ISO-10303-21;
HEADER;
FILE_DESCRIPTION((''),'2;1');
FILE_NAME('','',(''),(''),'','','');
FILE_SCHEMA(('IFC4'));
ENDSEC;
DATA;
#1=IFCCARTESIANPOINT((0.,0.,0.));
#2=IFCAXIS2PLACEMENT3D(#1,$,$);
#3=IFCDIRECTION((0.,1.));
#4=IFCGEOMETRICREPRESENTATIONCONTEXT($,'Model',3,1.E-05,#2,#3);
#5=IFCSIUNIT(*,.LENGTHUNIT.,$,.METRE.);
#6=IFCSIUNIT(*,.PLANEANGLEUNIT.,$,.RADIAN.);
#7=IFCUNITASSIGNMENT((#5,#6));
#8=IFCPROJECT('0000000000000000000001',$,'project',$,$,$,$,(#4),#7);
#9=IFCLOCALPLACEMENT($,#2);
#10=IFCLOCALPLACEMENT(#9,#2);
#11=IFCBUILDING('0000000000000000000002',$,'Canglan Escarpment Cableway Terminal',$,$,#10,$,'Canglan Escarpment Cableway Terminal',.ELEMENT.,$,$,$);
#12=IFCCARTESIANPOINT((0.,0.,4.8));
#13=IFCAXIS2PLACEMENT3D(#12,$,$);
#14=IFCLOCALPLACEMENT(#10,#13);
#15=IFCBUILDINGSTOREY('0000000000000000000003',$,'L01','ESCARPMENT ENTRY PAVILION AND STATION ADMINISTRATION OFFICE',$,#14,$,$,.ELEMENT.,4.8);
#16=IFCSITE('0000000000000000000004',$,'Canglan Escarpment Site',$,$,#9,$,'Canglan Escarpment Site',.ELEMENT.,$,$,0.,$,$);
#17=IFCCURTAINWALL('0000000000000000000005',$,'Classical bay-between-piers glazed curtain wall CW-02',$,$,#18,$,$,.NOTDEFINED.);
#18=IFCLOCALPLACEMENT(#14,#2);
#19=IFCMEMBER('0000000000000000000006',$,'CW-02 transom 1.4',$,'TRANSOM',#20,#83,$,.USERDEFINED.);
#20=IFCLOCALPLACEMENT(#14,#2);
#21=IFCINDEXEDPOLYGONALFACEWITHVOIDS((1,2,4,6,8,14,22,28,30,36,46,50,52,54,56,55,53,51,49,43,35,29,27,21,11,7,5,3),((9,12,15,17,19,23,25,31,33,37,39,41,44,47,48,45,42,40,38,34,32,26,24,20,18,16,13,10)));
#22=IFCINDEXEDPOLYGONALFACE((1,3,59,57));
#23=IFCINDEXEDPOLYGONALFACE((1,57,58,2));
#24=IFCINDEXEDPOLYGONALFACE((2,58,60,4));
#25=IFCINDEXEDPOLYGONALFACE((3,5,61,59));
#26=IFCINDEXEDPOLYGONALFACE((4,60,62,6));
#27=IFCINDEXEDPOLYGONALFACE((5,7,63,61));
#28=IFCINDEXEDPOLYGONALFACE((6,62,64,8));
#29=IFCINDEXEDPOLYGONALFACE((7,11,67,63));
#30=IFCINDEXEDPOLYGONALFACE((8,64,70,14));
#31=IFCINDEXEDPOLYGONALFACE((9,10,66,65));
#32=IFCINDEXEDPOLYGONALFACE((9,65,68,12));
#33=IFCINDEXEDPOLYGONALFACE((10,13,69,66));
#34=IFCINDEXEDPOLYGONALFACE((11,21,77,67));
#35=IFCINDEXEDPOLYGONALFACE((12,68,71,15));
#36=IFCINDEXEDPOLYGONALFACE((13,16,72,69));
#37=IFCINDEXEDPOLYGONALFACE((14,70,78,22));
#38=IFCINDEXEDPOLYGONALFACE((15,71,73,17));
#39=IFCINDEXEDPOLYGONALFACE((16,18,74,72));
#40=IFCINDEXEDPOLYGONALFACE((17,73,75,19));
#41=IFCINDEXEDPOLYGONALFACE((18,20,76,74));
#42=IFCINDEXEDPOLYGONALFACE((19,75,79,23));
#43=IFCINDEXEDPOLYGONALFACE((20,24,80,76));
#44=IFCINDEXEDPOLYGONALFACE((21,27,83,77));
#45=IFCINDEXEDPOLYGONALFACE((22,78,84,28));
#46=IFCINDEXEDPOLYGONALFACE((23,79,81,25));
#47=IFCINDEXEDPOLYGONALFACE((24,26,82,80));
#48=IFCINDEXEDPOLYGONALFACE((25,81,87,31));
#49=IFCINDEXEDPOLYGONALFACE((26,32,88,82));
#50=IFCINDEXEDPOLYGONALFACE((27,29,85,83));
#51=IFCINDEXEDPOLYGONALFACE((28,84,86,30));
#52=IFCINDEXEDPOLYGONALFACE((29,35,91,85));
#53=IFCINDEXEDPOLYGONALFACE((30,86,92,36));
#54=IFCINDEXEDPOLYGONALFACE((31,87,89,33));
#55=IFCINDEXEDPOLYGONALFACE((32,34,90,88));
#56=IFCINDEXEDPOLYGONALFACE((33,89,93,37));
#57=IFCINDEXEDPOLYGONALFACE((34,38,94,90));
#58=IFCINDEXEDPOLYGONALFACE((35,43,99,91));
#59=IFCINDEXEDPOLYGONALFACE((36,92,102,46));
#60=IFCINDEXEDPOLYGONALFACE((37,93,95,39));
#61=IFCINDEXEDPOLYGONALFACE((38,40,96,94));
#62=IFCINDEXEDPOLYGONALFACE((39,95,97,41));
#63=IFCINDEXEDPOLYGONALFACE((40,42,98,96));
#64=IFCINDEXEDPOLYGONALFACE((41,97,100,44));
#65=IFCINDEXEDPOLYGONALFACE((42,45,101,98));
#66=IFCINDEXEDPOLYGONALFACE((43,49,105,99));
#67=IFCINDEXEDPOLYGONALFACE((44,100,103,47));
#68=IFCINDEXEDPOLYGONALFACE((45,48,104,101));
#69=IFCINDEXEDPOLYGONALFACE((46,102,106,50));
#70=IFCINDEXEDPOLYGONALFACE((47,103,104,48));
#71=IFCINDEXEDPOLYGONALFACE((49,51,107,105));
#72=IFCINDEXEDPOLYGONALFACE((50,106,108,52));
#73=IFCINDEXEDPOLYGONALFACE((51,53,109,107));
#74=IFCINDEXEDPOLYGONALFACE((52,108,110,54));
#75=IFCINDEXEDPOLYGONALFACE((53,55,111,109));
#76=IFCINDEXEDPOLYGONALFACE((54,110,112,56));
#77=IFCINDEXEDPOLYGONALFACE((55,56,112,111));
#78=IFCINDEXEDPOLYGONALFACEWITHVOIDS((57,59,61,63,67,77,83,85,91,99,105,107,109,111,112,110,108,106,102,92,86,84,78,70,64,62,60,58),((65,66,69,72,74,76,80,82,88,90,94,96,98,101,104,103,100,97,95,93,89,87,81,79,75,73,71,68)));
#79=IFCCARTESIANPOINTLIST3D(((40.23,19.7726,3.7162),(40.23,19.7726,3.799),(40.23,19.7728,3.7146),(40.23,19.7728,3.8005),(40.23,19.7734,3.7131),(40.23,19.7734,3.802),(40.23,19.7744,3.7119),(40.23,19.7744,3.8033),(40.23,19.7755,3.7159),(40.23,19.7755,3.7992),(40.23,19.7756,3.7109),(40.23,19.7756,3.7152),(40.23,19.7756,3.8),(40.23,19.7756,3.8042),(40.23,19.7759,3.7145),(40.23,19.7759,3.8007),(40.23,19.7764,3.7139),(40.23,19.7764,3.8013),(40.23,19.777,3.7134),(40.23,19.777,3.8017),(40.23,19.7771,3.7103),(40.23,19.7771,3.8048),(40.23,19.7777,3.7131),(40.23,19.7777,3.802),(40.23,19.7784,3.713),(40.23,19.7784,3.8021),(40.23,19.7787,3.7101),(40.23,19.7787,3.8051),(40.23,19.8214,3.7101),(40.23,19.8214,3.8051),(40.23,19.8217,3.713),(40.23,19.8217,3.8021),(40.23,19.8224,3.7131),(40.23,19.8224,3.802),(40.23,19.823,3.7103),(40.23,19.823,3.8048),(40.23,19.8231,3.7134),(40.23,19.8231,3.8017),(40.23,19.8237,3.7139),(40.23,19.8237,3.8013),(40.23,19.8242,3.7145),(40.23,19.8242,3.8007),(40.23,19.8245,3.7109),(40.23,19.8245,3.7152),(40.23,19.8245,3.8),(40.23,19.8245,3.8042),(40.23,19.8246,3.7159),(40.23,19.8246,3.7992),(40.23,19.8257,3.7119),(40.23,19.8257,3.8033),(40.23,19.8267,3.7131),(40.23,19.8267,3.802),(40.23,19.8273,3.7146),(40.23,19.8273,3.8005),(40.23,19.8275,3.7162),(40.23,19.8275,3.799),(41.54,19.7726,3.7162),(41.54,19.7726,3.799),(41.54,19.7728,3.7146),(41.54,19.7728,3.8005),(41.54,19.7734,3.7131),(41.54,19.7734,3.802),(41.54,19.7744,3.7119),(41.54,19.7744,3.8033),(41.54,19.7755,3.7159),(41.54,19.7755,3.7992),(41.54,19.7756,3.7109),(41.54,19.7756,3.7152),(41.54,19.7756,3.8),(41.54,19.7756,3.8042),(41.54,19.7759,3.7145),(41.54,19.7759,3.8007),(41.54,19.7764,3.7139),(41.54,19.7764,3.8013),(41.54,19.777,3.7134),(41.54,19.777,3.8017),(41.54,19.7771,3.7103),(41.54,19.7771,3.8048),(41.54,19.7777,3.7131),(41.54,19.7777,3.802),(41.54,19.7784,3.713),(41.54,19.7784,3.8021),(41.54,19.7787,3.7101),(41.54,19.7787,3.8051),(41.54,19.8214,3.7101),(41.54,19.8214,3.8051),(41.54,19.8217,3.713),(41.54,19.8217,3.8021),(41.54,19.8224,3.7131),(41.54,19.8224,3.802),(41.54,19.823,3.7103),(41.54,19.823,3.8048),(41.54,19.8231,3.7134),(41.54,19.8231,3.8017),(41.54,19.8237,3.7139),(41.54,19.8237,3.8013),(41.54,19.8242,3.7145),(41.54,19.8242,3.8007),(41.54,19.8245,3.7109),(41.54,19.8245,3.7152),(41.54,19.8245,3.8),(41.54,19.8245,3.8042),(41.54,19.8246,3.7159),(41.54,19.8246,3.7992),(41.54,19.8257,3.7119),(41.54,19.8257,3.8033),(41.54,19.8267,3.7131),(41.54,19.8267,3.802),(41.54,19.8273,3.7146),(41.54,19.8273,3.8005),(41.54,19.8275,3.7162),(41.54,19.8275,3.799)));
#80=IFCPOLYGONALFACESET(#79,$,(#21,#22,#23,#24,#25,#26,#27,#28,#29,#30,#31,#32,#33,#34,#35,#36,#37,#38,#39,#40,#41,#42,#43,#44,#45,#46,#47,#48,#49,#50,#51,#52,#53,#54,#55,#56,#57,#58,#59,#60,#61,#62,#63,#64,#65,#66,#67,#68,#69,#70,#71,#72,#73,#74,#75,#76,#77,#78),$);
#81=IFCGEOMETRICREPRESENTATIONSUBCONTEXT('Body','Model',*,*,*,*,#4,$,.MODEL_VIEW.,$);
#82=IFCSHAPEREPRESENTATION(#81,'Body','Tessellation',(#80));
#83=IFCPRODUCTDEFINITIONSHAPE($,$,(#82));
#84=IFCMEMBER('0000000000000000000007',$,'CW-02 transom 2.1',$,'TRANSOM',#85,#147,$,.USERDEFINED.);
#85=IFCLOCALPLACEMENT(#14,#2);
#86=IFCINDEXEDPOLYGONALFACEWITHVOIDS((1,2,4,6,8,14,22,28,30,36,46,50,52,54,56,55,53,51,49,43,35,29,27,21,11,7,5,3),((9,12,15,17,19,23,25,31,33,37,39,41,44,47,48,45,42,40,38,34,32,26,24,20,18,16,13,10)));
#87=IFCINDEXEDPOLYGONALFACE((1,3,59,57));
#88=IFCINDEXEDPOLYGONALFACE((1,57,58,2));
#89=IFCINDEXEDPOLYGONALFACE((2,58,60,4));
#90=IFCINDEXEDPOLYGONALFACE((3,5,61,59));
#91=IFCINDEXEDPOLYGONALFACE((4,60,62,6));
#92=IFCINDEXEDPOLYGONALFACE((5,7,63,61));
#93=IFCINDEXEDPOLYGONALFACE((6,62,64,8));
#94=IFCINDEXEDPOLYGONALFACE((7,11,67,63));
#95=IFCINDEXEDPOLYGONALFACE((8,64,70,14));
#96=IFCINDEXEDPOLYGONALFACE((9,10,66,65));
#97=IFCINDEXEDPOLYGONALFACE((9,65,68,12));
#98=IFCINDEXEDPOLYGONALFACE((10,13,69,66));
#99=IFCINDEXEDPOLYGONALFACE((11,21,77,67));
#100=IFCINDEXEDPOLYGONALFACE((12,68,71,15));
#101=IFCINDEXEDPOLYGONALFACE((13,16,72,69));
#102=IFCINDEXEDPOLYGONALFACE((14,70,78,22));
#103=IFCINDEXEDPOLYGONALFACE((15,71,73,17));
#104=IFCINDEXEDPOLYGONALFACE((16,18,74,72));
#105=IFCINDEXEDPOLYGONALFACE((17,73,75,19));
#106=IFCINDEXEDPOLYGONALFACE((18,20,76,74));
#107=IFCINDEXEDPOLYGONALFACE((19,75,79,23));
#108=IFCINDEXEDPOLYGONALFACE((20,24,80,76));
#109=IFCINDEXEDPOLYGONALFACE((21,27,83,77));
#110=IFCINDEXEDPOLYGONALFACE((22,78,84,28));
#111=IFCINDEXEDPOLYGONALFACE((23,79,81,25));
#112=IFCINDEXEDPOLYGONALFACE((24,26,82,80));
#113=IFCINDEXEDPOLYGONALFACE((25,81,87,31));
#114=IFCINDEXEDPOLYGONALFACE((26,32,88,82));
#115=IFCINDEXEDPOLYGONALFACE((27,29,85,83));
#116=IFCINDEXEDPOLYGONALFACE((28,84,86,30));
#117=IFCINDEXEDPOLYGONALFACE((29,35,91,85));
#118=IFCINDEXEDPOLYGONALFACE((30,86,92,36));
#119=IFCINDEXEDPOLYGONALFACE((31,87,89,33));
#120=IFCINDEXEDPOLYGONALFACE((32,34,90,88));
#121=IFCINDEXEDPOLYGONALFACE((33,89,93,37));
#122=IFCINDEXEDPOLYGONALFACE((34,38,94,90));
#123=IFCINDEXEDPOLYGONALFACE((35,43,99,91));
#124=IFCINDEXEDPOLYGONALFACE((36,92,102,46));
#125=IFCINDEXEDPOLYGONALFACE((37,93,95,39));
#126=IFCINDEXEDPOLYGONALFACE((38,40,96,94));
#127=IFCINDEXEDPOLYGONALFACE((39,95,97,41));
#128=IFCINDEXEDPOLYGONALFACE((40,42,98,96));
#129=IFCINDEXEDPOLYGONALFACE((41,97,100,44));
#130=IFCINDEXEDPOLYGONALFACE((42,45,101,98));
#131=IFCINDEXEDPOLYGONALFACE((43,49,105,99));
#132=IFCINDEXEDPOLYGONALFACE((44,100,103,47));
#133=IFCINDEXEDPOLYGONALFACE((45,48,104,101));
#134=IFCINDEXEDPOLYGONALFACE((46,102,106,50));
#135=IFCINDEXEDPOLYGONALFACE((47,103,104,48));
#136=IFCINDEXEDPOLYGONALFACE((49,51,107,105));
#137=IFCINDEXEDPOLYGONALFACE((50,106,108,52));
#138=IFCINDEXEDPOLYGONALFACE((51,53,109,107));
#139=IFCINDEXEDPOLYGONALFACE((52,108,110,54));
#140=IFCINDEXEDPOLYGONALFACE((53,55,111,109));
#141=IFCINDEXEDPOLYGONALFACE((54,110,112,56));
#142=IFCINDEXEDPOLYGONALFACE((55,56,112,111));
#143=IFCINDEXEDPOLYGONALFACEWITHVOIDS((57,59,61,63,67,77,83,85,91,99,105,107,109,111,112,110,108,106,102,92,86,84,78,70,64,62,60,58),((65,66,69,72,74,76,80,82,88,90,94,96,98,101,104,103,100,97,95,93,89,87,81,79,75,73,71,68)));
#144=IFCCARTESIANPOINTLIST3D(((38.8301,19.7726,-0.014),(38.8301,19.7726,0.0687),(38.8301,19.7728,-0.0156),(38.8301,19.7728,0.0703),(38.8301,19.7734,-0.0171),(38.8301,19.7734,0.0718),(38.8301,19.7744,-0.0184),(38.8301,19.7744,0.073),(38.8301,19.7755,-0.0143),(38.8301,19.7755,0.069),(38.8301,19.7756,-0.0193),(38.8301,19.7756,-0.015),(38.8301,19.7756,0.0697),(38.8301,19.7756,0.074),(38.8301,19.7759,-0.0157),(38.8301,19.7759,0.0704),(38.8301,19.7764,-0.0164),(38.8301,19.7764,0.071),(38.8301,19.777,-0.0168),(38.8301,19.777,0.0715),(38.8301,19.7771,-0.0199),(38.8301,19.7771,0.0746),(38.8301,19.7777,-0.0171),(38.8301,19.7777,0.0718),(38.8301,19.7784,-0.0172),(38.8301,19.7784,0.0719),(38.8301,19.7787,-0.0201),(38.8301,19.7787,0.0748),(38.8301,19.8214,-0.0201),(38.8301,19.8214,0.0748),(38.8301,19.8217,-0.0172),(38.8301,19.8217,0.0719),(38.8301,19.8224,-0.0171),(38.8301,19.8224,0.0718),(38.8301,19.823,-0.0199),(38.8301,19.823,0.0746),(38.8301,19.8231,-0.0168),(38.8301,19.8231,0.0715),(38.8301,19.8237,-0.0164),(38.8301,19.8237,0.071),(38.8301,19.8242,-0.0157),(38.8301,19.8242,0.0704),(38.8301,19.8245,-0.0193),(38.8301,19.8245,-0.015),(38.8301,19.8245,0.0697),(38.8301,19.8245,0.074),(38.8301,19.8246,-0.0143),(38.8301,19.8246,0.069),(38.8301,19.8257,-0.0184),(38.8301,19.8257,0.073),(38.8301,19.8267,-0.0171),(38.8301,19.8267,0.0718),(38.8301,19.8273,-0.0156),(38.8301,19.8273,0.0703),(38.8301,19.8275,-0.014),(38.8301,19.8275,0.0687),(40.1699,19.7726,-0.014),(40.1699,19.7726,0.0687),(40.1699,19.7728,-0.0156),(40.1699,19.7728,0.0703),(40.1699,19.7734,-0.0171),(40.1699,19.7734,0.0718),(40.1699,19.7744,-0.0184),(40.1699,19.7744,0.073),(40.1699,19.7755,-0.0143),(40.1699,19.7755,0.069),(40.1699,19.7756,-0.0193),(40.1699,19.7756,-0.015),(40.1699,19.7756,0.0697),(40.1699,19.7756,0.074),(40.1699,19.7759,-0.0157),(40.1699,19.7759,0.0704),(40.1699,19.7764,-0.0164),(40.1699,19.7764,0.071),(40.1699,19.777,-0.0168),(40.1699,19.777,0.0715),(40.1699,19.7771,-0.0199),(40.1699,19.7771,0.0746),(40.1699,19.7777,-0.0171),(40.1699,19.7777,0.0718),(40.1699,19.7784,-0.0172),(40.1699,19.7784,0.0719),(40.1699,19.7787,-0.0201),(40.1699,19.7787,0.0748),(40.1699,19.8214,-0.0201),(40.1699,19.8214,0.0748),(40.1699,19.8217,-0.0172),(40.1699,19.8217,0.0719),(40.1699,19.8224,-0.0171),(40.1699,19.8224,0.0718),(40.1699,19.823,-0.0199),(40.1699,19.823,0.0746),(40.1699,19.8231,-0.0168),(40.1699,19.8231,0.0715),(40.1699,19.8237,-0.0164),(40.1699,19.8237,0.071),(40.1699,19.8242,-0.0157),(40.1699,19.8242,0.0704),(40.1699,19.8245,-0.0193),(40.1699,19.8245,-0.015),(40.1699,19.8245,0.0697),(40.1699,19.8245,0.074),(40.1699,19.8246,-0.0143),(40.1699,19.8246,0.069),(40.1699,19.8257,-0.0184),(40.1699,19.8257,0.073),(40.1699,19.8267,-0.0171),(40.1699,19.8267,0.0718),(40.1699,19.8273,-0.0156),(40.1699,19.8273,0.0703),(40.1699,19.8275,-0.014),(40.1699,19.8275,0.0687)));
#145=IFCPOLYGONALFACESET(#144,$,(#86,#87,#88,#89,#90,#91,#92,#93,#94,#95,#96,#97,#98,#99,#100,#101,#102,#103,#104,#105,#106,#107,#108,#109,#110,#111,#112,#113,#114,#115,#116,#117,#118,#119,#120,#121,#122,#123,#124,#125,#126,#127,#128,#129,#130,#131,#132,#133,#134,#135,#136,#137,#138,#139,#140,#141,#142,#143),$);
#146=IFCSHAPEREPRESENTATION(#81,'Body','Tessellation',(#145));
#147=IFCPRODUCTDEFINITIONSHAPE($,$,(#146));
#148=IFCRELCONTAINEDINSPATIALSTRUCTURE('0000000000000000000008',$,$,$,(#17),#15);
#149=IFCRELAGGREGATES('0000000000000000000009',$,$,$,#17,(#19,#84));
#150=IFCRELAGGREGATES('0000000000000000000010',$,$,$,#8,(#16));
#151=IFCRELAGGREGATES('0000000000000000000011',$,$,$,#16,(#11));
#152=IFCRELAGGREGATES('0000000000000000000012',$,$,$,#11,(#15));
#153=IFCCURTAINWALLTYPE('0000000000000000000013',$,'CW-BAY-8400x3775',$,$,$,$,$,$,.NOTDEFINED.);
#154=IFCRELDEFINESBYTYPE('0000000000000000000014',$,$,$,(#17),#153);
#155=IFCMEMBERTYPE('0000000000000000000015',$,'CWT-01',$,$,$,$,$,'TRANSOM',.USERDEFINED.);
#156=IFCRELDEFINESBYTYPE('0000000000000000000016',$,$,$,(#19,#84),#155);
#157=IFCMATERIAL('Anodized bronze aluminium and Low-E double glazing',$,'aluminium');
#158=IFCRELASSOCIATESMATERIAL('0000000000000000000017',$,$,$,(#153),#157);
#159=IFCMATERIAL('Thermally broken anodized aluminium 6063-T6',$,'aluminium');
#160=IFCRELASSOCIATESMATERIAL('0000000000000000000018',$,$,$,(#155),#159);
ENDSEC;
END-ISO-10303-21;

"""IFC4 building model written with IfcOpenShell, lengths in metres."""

from ifc_helpers import new_model, si_unit, direction, frame, origin, origin_2d, place, context, subcontext, project, spatial, hollow_rectangle, extrude, material, material_profile, profile_set, type_object, element, aggregate, save


model = new_model("IFC4")

# Units and contexts
model_context = context("Model", 3, precision=1e-05, world=origin(), true_north=direction((0.0, 1.0)))
body_context = subcontext(model_context, "Body", "Model", "MODEL_VIEW")
ifc_project = project(units=[si_unit("LENGTHUNIT", "METRE"), si_unit("PLANEANGLEUNIT", "RADIAN")], contexts=[model_context])

# Site, building, storey
site_placement = place(None, origin())
site = spatial("IfcSite", under=ifc_project, at=site_placement, Name="Canglan Escarpment Site", LongName="Canglan Escarpment Site", CompositionType="ELEMENT", RefElevation=0.0)
building_placement = place(site_placement, origin())
building = spatial("IfcBuilding", under=site, at=building_placement, Name="Canglan Escarpment Cableway Terminal", LongName="Canglan Escarpment Cableway Terminal", CompositionType="ELEMENT")
storey_placement = place(building_placement, frame((0.0, 0.0, 4.8)))
storey = spatial("IfcBuildingStorey", under=building, at=storey_placement, Name="L01", Description="ESCARPMENT ENTRY PAVILION AND STATION ADMINISTRATION OFFICE", CompositionType="ELEMENT", Elevation=4.8)

# Curtain wall, members
ifc_material_1 = material(Name="Anodized bronze aluminium and Low-E double glazing", Category="aluminium")
curtain_wall_type = type_object("IfcCurtainWallType", Name="CW-BAY-8400x3775", PredefinedType="NOTDEFINED", material=ifc_material_1)
curtain_wall_placement = place(storey_placement, origin())
curtain_wall = element("IfcCurtainWall", 1, at=curtain_wall_placement, inside=storey, type_object=curtain_wall_type, Name="Classical bay-between-piers glazed curtain wall CW-02", PredefinedType="NOTDEFINED")
ifc_material_2 = material(Name="Thermally broken anodized aluminium 6063-T6", Category="aluminium")
ifc_material_profile_1 = material_profile(ifc_material_2, hollow_rectangle(XDim=0.0549, YDim=0.095, WallThickness=0.0029, InnerFilletRadius=0.0029, OuterFilletRadius=0.0061, at=origin_2d()), Name="ALU-TRAN 55x95x3")
ifc_profile_set_1 = profile_set([ifc_material_profile_1], Name="Thermally broken anodized aluminium 6063-T6")
member_type_1 = type_object("IfcMemberType", Name="CWT-01", ElementType="TRANSOM", PredefinedType="USERDEFINED", material=ifc_profile_set_1)
member_1_placement = place(storey_placement, frame((41.54, 19.8, 3.7576), z_axis=(-1.0, 0.0, 0.0), x_axis=(0.0, -1.0, 0.0)))
member_1 = element("IfcMember", 2, at=member_1_placement, type_object=member_type_1, Name="CW-02 transom 1.4", ObjectType="TRANSOM", PredefinedType="USERDEFINED", context=body_context, shape_type="SweptSolid", body=[
    extrude(hollow_rectangle(XDim=0.0549, YDim=0.095, WallThickness=0.0029, InnerFilletRadius=0.0029, OuterFilletRadius=0.0061, at=origin_2d()), origin(), (0.0, 0.0, 1.0), 1.3101),
])
member_2_placement = place(storey_placement, frame((40.1699, 19.8, 0.0273), z_axis=(-1.0, 0.0, 0.0), x_axis=(0.0, -1.0, 0.0)))
member_2 = element("IfcMember", 3, at=member_2_placement, type_object=member_type_1, Name="CW-02 transom 2.1", ObjectType="TRANSOM", PredefinedType="USERDEFINED", context=body_context, shape_type="SweptSolid", body=[
    extrude(hollow_rectangle(XDim=0.0549, YDim=0.095, WallThickness=0.0029, InnerFilletRadius=0.0029, OuterFilletRadius=0.0061, at=origin_2d()), origin(), (0.0, 0.0, 1.0), 1.3398),
])
aggregate(curtain_wall, [member_1, member_2])

save(model, "model.ifc")
